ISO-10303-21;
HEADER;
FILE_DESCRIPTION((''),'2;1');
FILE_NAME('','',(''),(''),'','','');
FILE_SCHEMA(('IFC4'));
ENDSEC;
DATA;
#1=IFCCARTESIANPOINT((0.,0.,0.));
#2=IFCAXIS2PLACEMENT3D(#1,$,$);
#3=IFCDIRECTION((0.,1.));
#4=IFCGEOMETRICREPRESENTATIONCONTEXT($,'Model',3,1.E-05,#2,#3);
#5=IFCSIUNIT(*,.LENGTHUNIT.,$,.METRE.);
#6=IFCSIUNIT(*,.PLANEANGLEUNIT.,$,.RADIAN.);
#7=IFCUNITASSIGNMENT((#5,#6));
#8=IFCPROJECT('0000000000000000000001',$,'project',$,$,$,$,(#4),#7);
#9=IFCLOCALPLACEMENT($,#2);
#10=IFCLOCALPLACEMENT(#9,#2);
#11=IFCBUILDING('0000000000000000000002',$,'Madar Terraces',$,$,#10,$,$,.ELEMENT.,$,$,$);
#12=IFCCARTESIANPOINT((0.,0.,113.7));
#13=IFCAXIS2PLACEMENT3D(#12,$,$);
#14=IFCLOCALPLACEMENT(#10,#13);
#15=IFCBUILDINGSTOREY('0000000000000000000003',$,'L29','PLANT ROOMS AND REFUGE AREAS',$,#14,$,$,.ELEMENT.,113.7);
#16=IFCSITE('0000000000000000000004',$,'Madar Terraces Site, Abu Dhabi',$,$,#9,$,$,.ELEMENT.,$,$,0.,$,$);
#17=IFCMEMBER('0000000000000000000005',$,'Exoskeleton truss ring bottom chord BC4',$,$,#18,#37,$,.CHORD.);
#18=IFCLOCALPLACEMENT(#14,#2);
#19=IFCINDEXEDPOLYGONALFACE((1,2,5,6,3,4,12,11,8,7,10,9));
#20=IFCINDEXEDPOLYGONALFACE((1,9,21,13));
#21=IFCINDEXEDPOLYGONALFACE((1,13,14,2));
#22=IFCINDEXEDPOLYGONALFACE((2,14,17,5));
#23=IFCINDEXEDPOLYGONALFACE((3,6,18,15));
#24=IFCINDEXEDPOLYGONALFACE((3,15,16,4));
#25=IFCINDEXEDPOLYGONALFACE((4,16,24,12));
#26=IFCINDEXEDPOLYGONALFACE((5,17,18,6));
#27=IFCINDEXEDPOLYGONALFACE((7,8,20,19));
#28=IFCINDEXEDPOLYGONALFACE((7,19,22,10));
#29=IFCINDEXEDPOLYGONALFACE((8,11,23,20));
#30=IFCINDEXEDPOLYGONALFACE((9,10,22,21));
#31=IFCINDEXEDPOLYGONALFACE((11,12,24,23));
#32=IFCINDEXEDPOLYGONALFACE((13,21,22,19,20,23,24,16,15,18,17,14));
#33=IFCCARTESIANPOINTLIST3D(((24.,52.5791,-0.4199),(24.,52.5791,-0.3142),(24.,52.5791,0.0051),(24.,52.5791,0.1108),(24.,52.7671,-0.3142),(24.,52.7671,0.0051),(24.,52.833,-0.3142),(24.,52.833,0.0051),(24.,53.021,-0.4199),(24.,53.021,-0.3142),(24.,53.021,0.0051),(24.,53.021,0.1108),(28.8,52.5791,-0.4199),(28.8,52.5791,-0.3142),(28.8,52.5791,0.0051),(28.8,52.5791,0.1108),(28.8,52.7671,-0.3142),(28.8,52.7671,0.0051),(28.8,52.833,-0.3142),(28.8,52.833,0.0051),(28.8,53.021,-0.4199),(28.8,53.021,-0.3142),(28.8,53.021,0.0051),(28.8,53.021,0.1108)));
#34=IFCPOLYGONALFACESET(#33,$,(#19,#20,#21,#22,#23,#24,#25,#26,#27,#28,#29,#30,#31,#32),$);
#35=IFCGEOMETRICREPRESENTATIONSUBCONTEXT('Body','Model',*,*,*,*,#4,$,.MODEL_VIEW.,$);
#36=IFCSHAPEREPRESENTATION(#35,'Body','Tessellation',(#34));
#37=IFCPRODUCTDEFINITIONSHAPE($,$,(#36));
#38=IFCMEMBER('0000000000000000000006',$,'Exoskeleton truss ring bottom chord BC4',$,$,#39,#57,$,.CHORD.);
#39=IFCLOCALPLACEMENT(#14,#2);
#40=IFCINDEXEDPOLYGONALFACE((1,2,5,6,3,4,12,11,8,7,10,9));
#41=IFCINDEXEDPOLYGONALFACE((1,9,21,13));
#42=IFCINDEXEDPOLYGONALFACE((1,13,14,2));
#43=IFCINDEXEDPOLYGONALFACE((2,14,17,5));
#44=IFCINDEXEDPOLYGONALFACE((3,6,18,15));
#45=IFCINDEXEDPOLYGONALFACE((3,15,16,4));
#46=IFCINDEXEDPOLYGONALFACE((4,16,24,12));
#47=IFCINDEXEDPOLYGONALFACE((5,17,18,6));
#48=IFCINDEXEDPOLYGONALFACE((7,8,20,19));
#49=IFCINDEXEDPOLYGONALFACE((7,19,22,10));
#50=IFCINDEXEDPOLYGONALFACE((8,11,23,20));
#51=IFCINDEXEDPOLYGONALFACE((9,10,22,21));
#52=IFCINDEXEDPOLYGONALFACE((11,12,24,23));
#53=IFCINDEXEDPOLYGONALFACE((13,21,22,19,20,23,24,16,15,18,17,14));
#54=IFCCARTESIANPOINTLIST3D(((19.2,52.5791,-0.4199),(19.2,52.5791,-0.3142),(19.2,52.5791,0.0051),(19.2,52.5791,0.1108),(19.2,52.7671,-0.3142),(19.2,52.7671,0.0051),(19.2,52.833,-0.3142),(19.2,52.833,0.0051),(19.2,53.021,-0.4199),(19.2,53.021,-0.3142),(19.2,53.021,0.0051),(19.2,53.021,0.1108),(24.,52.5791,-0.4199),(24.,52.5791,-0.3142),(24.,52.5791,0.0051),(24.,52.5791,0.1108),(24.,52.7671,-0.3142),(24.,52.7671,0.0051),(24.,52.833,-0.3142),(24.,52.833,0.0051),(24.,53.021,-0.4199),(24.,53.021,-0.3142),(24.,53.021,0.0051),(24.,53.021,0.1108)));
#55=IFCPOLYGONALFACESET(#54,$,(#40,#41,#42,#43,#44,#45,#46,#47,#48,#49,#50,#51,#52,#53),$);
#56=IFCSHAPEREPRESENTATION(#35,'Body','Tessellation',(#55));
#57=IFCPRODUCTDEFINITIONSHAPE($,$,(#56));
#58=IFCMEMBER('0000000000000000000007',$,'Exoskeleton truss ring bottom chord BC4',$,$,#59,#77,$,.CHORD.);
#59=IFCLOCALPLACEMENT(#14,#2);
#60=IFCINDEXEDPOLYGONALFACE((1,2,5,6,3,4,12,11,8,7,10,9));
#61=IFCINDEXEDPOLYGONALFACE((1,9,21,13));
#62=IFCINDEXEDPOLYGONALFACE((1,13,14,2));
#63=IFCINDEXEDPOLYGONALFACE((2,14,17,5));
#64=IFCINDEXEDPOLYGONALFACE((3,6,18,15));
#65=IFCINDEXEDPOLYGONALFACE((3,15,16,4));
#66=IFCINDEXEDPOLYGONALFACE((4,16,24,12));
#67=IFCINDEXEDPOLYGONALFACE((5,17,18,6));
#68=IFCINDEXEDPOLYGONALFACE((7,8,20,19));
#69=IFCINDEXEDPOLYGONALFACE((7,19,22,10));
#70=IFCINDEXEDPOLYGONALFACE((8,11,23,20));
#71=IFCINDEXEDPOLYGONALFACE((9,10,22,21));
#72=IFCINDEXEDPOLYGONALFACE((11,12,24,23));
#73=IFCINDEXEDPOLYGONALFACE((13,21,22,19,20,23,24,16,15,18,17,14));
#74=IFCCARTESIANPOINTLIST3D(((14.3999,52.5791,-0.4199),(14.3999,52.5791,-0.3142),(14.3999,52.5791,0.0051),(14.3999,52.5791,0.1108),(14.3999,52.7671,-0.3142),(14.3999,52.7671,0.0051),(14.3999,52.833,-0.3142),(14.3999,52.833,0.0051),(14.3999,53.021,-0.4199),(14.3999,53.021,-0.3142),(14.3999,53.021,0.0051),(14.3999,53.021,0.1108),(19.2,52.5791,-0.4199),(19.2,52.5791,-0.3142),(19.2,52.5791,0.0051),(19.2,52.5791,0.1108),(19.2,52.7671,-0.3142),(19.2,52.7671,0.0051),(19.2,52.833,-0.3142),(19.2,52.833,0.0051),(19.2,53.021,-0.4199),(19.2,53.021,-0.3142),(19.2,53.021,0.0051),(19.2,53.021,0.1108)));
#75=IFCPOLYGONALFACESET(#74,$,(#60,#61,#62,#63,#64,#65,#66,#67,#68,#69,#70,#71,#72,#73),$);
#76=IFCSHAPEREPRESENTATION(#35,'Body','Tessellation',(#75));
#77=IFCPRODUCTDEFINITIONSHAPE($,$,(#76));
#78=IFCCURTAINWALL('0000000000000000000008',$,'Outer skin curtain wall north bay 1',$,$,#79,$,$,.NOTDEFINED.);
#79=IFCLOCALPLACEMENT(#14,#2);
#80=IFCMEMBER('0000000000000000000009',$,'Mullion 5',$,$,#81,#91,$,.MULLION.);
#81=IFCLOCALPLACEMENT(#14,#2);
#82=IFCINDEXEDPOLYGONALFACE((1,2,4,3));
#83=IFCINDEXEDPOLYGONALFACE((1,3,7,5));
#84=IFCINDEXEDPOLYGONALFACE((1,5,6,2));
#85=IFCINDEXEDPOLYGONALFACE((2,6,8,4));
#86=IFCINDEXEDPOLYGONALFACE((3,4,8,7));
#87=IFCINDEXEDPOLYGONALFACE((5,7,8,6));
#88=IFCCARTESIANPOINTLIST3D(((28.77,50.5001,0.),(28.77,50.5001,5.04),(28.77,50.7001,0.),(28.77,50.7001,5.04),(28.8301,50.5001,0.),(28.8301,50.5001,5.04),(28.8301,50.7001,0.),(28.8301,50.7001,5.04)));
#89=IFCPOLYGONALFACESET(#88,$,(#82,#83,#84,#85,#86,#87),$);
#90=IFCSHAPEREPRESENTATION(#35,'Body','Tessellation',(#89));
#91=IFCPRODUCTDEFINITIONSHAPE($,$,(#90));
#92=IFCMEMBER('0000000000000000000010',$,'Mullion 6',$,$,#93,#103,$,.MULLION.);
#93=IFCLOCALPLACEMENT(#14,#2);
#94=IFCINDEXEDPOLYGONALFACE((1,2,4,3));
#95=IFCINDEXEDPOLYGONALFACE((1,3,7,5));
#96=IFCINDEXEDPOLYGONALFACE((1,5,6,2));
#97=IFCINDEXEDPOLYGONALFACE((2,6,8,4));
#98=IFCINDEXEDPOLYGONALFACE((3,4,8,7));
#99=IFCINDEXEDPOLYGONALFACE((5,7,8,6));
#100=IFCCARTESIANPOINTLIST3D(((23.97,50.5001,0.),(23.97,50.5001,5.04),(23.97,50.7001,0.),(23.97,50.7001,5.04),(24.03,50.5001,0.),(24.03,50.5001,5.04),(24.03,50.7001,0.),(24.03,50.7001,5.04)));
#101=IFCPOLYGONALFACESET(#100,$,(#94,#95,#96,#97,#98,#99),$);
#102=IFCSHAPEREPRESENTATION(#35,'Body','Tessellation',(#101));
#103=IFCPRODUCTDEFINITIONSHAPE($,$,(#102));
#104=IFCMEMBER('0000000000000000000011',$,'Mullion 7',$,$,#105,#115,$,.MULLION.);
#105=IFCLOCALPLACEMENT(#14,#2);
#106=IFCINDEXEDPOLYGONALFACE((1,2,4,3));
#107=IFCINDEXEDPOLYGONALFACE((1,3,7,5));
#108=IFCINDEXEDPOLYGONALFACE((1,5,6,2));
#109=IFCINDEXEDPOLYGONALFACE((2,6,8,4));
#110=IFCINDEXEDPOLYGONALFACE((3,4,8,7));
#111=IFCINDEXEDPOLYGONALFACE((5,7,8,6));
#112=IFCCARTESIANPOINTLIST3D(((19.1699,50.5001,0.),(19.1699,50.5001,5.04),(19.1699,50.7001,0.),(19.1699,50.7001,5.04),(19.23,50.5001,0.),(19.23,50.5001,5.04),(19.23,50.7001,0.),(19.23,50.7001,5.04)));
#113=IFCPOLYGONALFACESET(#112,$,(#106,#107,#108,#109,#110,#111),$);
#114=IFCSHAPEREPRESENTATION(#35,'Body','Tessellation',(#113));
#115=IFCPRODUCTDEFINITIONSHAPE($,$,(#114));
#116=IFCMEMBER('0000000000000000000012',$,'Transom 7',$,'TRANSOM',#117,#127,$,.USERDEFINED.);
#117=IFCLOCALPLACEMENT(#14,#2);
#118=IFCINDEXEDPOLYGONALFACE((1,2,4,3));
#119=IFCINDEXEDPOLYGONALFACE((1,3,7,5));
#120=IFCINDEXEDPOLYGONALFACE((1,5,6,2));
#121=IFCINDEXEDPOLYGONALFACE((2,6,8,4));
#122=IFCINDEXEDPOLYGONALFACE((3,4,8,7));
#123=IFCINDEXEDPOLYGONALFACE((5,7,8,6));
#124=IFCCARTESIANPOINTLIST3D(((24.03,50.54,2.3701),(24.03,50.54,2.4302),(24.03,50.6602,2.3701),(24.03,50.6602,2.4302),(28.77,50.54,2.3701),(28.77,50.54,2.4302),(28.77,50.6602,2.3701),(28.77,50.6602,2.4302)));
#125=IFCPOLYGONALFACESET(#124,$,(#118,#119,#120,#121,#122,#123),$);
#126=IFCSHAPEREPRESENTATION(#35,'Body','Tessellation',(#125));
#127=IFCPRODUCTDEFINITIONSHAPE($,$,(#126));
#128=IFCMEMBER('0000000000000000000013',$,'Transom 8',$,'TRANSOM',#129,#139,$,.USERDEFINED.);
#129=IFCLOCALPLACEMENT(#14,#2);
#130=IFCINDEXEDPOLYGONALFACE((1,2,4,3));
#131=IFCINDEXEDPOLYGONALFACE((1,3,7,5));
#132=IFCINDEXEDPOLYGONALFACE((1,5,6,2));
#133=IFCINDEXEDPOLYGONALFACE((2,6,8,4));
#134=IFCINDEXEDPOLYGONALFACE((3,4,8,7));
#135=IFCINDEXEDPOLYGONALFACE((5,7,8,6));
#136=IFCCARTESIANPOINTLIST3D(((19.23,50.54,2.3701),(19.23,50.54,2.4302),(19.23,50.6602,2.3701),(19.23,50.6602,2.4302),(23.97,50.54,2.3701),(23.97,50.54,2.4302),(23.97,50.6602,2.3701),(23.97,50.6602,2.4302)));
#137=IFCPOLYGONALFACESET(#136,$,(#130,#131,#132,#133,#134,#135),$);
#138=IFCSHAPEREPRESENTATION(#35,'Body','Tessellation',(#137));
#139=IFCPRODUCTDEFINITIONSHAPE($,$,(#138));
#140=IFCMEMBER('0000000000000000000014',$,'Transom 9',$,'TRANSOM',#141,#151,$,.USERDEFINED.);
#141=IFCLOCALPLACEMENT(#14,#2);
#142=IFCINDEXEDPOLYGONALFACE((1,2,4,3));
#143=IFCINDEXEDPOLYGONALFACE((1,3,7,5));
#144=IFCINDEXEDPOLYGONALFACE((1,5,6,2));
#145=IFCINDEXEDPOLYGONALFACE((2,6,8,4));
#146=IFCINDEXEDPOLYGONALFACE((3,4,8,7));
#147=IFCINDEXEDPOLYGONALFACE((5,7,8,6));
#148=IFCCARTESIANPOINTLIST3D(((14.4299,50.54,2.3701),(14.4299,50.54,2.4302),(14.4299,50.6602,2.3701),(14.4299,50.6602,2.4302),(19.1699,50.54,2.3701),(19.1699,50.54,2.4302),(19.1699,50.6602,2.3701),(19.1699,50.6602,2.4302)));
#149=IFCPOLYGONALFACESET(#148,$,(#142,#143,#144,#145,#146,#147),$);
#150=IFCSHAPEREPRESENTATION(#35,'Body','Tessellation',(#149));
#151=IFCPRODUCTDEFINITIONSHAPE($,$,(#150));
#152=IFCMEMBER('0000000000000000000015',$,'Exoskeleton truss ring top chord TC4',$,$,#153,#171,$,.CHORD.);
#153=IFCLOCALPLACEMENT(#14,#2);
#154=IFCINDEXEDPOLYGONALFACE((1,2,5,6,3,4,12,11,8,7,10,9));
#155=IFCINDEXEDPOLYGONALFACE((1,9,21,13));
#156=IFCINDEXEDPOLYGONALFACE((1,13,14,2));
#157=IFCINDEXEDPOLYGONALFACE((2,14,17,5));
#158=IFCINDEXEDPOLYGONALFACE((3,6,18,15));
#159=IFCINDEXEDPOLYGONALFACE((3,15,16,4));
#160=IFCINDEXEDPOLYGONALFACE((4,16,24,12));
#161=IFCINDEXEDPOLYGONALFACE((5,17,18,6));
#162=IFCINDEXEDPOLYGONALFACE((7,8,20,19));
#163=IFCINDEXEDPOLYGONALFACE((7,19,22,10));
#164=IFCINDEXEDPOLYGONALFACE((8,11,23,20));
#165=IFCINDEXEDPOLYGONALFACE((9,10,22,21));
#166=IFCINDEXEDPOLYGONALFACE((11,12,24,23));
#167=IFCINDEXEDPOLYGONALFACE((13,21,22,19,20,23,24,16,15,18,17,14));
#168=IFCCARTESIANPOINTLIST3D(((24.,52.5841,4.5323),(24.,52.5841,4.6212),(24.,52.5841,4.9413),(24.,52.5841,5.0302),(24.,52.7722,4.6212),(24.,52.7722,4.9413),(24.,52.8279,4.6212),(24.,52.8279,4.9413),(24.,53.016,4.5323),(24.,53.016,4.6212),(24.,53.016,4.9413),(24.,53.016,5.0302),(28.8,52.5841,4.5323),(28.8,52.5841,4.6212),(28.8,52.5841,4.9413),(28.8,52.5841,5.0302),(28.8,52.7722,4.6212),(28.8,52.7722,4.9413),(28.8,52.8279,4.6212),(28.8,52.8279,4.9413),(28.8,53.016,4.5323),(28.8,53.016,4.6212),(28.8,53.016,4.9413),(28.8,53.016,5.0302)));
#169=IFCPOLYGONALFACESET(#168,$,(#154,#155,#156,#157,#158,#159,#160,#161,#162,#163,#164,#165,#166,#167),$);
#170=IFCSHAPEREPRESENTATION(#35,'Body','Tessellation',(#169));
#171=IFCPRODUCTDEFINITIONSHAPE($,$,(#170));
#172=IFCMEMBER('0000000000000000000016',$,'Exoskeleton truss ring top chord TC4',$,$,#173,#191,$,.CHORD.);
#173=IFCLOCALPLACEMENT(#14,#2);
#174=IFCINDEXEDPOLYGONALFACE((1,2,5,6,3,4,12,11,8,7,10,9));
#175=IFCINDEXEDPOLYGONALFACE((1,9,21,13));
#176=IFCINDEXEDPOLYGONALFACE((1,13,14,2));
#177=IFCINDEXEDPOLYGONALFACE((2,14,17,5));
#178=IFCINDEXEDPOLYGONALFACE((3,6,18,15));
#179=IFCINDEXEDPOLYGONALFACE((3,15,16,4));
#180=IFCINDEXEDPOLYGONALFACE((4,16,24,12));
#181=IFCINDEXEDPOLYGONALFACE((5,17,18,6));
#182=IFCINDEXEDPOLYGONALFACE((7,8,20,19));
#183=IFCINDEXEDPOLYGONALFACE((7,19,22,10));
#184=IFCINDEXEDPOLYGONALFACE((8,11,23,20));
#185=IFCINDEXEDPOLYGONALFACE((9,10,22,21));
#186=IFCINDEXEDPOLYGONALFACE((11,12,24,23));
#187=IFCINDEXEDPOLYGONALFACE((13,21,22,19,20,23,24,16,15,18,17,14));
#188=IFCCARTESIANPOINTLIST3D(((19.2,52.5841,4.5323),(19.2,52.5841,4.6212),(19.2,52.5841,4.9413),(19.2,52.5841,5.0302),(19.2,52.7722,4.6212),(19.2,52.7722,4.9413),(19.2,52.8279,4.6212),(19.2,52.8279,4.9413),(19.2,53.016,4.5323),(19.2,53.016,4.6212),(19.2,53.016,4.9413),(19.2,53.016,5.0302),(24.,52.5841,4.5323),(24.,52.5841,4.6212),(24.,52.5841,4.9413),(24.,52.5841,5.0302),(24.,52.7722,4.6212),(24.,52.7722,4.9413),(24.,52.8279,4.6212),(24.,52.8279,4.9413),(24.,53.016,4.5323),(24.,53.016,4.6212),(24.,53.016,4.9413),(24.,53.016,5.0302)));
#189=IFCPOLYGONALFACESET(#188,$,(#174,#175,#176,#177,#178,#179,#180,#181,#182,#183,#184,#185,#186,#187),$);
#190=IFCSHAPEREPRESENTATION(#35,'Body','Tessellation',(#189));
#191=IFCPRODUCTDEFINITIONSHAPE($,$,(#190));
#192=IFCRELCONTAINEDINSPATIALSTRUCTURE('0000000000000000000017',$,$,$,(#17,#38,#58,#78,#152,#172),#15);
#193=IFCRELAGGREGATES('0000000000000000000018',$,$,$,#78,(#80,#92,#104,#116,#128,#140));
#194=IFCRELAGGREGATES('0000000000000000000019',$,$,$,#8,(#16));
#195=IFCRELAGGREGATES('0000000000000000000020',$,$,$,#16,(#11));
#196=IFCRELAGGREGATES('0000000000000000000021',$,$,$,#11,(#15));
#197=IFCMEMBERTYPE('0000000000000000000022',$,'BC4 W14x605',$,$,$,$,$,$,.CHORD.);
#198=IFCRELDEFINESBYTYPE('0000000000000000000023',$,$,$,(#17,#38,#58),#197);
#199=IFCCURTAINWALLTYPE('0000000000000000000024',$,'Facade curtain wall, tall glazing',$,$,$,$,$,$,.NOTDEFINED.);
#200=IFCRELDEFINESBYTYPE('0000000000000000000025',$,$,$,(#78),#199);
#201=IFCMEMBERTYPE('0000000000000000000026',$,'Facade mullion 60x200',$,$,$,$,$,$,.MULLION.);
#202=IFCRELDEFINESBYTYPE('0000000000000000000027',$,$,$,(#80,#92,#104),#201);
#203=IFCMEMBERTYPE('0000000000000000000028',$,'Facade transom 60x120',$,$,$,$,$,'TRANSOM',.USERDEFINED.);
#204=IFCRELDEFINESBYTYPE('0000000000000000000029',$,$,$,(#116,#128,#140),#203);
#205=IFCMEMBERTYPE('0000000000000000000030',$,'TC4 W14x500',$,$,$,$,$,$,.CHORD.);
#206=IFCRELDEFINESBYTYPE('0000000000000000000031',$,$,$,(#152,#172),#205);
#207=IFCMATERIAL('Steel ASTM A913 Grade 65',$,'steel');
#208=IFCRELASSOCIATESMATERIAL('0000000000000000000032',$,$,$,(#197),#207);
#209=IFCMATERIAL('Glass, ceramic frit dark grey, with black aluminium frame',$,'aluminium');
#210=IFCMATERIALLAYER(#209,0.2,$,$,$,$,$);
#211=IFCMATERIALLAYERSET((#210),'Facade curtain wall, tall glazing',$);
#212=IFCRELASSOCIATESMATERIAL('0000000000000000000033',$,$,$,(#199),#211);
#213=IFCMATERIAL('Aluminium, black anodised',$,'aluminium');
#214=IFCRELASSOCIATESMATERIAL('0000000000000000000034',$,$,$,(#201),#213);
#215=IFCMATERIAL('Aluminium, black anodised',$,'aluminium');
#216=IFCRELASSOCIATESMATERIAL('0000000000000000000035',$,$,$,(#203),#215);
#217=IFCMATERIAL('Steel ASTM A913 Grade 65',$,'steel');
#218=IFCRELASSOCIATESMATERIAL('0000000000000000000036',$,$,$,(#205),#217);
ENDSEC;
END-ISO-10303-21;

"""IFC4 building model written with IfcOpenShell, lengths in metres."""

from ifc_helpers import new_model, si_unit, direction, frame, origin, origin_2d, place, context, subcontext, project, spatial, rectangle, i_section, extrude, material, layer, layer_set, material_profile, profile_set, type_object, element, aggregate, save


model = new_model("IFC4")

# Units and contexts
model_context = context("Model", 3, precision=1e-05, world=origin(), true_north=direction((0.0, 1.0)))
body_context = subcontext(model_context, "Body", "Model", "MODEL_VIEW")
ifc_project = project(units=[si_unit("LENGTHUNIT", "METRE"), si_unit("PLANEANGLEUNIT", "RADIAN")], contexts=[model_context])

# Site, building, storey
site_placement = place(None, origin())
site = spatial("IfcSite", under=ifc_project, at=site_placement, Name="Madar Terraces Site, Abu Dhabi", CompositionType="ELEMENT", RefElevation=0.0)
building_placement = place(site_placement, origin())
building = spatial("IfcBuilding", under=site, at=building_placement, Name="Madar Terraces", CompositionType="ELEMENT")
storey_placement = place(building_placement, frame((0.0, 0.0, 113.7)))
storey = spatial("IfcBuildingStorey", under=building, at=storey_placement, Name="L29", Description="PLANT ROOMS AND REFUGE AREAS", CompositionType="ELEMENT", Elevation=113.7)

# Members
ifc_material_1 = material(Name="Steel ASTM A913 Grade 65", Category="steel")
ifc_material_profile_1 = material_profile(ifc_material_1, i_section(OverallWidth=0.4419, OverallDepth=0.5308, WebThickness=0.0659, FlangeThickness=0.1057, at=origin_2d()), Name="W14x605")
ifc_profile_set_1 = profile_set([ifc_material_profile_1], Name="Steel ASTM A913 Grade 65")
member_type_1 = type_object("IfcMemberType", Name="BC4 W14x605", PredefinedType="CHORD", material=ifc_profile_set_1)
for number, where, z_axis, x_axis, name in (
    (1, (28.8, 52.8, -0.1545), (-1.0, 0.0, 0.0), (0.0, -1.0, 0.0), "Exoskeleton truss ring bottom chord BC4"),
    (2, (24.0, 52.8, -0.1545), (-1.0, 0.0, 0.0), (0.0, -1.0, 0.0), "Exoskeleton truss ring bottom chord BC4"),
    (3, (19.2, 52.8, -0.1545), (-1.0, 0.0, 0.0), (0.0, -1.0, 0.0), "Exoskeleton truss ring bottom chord BC4"),
):
    element("IfcMember", number, at=place(storey_placement, frame(where, z_axis=z_axis, x_axis=x_axis)), inside=storey, type_object=member_type_1, Name=name, PredefinedType="CHORD", context=body_context, shape_type="SweptSolid", body=[
        extrude(i_section(OverallWidth=0.4419, OverallDepth=0.5308, WebThickness=0.0659, FlangeThickness=0.1057, at=origin_2d()), origin(), (0.0, 0.0, 1.0), 4.8),
    ])

# Curtain wall, members
ifc_material_2 = material(Name="Glass, ceramic frit dark grey, with black aluminium frame", Category="aluminium")
ifc_layer_1 = layer(ifc_material_2, 0.2)
ifc_layer_set_1 = layer_set([ifc_layer_1], Name="Facade curtain wall, tall glazing")
curtain_wall_type = type_object("IfcCurtainWallType", Name="Facade curtain wall, tall glazing", PredefinedType="NOTDEFINED", material=ifc_layer_set_1)
curtain_wall_placement = place(storey_placement, origin())
curtain_wall = element("IfcCurtainWall", 4, at=curtain_wall_placement, inside=storey, type_object=curtain_wall_type, Name="Outer skin curtain wall north bay 1", PredefinedType="NOTDEFINED")
ifc_material_3 = material(Name="Aluminium, black anodised", Category="aluminium")
ifc_material_profile_2 = material_profile(ifc_material_3, rectangle(XDim=0.2, YDim=0.0601, at=origin_2d()), Name="Facade mullion 60x200")
ifc_profile_set_2 = profile_set([ifc_material_profile_2], Name="Aluminium, black anodised")
member_type_2 = type_object("IfcMemberType", Name="Facade mullion 60x200", PredefinedType="MULLION", material=ifc_profile_set_2)
member_1_placement = place(storey_placement, frame((28.8, 50.6001, 0.0), z_axis=(0.0, 0.0, 1.0), x_axis=(0.0, -1.0, 0.0)))
member_1 = element("IfcMember", 5, at=member_1_placement, type_object=member_type_2, Name="Mullion 5", PredefinedType="MULLION", context=body_context, shape_type="SweptSolid", body=[
    extrude(rectangle(XDim=0.2, YDim=0.0601, at=origin_2d()), origin(), (0.0, 0.0, 1.0), 5.04),
])
member_2_placement = place(storey_placement, frame((24.0, 50.6001, 0.0), z_axis=(0.0, 0.0, 1.0), x_axis=(0.0, -1.0, 0.0)))
member_2 = element("IfcMember", 6, at=member_2_placement, type_object=member_type_2, Name="Mullion 6", PredefinedType="MULLION", context=body_context, shape_type="SweptSolid", body=[
    extrude(rectangle(XDim=0.2, YDim=0.0601, at=origin_2d()), origin(), (0.0, 0.0, 1.0), 5.04),
])
member_3_placement = place(storey_placement, frame((19.2, 50.6001, 0.0), z_axis=(0.0, 0.0, 1.0), x_axis=(0.0, -1.0, 0.0)))
member_3 = element("IfcMember", 7, at=member_3_placement, type_object=member_type_2, Name="Mullion 7", PredefinedType="MULLION", context=body_context, shape_type="SweptSolid", body=[
    extrude(rectangle(XDim=0.2, YDim=0.0601, at=origin_2d()), origin(), (0.0, 0.0, 1.0), 5.04),
])
ifc_material_4 = material(Name="Aluminium, black anodised", Category="aluminium")
ifc_material_profile_3 = material_profile(ifc_material_4, rectangle(XDim=0.1201, YDim=0.0601, at=origin_2d()), Name="Facade transom 60x120")
ifc_profile_set_3 = profile_set([ifc_material_profile_3], Name="Aluminium, black anodised")
member_type_3 = type_object("IfcMemberType", Name="Facade transom 60x120", ElementType="TRANSOM", PredefinedType="USERDEFINED", material=ifc_profile_set_3)
member_4_placement = place(storey_placement, frame((28.77, 50.6001, 2.4001), z_axis=(-1.0, 0.0, 0.0), x_axis=(0.0, -1.0, 0.0)))
member_4 = element("IfcMember", 8, at=member_4_placement, type_object=member_type_3, Name="Transom 7", ObjectType="TRANSOM", PredefinedType="USERDEFINED", context=body_context, shape_type="SweptSolid", body=[
    extrude(rectangle(XDim=0.1201, YDim=0.0601, at=origin_2d()), origin(), (0.0, 0.0, 1.0), 4.74),
])
member_5_placement = place(storey_placement, frame((23.97, 50.6001, 2.4001), z_axis=(-1.0, 0.0, 0.0), x_axis=(0.0, -1.0, 0.0)))
member_5 = element("IfcMember", 9, at=member_5_placement, type_object=member_type_3, Name="Transom 8", ObjectType="TRANSOM", PredefinedType="USERDEFINED", context=body_context, shape_type="SweptSolid", body=[
    extrude(rectangle(XDim=0.1201, YDim=0.0601, at=origin_2d()), origin(), (0.0, 0.0, 1.0), 4.74),
])
member_6_placement = place(storey_placement, frame((19.1699, 50.6001, 2.4001), z_axis=(-1.0, 0.0, 0.0), x_axis=(0.0, -1.0, 0.0)))
member_6 = element("IfcMember", 10, at=member_6_placement, type_object=member_type_3, Name="Transom 9", ObjectType="TRANSOM", PredefinedType="USERDEFINED", context=body_context, shape_type="SweptSolid", body=[
    extrude(rectangle(XDim=0.1201, YDim=0.0601, at=origin_2d()), origin(), (0.0, 0.0, 1.0), 4.74),
])

# Members
ifc_material_5 = material(Name="Steel ASTM A913 Grade 65", Category="steel")
ifc_material_profile_4 = material_profile(ifc_material_5, i_section(OverallWidth=0.4319, OverallDepth=0.4978, WebThickness=0.0557, FlangeThickness=0.0889, at=origin_2d()), Name="W14x500")
ifc_profile_set_4 = profile_set([ifc_material_profile_4], Name="Steel ASTM A913 Grade 65")
member_type_4 = type_object("IfcMemberType", Name="TC4 W14x500", PredefinedType="CHORD", material=ifc_profile_set_4)
for number, where, z_axis, x_axis, name in (
    (11, (28.8, 52.8, 4.7812), (-1.0, 0.0, 0.0), (0.0, -1.0, 0.0), "Exoskeleton truss ring top chord TC4"),
    (12, (24.0, 52.8, 4.7812), (-1.0, 0.0, 0.0), (0.0, -1.0, 0.0), "Exoskeleton truss ring top chord TC4"),
):
    element("IfcMember", number, at=place(storey_placement, frame(where, z_axis=z_axis, x_axis=x_axis)), inside=storey, type_object=member_type_4, Name=name, PredefinedType="CHORD", context=body_context, shape_type="SweptSolid", body=[
        extrude(i_section(OverallWidth=0.4319, OverallDepth=0.4978, WebThickness=0.0557, FlangeThickness=0.0889, at=origin_2d()), origin(), (0.0, 0.0, 1.0), 4.8),
    ])

aggregate(curtain_wall, [member_1, member_2, member_3, member_4, member_5, member_6])

save(model, "model.ifc")
